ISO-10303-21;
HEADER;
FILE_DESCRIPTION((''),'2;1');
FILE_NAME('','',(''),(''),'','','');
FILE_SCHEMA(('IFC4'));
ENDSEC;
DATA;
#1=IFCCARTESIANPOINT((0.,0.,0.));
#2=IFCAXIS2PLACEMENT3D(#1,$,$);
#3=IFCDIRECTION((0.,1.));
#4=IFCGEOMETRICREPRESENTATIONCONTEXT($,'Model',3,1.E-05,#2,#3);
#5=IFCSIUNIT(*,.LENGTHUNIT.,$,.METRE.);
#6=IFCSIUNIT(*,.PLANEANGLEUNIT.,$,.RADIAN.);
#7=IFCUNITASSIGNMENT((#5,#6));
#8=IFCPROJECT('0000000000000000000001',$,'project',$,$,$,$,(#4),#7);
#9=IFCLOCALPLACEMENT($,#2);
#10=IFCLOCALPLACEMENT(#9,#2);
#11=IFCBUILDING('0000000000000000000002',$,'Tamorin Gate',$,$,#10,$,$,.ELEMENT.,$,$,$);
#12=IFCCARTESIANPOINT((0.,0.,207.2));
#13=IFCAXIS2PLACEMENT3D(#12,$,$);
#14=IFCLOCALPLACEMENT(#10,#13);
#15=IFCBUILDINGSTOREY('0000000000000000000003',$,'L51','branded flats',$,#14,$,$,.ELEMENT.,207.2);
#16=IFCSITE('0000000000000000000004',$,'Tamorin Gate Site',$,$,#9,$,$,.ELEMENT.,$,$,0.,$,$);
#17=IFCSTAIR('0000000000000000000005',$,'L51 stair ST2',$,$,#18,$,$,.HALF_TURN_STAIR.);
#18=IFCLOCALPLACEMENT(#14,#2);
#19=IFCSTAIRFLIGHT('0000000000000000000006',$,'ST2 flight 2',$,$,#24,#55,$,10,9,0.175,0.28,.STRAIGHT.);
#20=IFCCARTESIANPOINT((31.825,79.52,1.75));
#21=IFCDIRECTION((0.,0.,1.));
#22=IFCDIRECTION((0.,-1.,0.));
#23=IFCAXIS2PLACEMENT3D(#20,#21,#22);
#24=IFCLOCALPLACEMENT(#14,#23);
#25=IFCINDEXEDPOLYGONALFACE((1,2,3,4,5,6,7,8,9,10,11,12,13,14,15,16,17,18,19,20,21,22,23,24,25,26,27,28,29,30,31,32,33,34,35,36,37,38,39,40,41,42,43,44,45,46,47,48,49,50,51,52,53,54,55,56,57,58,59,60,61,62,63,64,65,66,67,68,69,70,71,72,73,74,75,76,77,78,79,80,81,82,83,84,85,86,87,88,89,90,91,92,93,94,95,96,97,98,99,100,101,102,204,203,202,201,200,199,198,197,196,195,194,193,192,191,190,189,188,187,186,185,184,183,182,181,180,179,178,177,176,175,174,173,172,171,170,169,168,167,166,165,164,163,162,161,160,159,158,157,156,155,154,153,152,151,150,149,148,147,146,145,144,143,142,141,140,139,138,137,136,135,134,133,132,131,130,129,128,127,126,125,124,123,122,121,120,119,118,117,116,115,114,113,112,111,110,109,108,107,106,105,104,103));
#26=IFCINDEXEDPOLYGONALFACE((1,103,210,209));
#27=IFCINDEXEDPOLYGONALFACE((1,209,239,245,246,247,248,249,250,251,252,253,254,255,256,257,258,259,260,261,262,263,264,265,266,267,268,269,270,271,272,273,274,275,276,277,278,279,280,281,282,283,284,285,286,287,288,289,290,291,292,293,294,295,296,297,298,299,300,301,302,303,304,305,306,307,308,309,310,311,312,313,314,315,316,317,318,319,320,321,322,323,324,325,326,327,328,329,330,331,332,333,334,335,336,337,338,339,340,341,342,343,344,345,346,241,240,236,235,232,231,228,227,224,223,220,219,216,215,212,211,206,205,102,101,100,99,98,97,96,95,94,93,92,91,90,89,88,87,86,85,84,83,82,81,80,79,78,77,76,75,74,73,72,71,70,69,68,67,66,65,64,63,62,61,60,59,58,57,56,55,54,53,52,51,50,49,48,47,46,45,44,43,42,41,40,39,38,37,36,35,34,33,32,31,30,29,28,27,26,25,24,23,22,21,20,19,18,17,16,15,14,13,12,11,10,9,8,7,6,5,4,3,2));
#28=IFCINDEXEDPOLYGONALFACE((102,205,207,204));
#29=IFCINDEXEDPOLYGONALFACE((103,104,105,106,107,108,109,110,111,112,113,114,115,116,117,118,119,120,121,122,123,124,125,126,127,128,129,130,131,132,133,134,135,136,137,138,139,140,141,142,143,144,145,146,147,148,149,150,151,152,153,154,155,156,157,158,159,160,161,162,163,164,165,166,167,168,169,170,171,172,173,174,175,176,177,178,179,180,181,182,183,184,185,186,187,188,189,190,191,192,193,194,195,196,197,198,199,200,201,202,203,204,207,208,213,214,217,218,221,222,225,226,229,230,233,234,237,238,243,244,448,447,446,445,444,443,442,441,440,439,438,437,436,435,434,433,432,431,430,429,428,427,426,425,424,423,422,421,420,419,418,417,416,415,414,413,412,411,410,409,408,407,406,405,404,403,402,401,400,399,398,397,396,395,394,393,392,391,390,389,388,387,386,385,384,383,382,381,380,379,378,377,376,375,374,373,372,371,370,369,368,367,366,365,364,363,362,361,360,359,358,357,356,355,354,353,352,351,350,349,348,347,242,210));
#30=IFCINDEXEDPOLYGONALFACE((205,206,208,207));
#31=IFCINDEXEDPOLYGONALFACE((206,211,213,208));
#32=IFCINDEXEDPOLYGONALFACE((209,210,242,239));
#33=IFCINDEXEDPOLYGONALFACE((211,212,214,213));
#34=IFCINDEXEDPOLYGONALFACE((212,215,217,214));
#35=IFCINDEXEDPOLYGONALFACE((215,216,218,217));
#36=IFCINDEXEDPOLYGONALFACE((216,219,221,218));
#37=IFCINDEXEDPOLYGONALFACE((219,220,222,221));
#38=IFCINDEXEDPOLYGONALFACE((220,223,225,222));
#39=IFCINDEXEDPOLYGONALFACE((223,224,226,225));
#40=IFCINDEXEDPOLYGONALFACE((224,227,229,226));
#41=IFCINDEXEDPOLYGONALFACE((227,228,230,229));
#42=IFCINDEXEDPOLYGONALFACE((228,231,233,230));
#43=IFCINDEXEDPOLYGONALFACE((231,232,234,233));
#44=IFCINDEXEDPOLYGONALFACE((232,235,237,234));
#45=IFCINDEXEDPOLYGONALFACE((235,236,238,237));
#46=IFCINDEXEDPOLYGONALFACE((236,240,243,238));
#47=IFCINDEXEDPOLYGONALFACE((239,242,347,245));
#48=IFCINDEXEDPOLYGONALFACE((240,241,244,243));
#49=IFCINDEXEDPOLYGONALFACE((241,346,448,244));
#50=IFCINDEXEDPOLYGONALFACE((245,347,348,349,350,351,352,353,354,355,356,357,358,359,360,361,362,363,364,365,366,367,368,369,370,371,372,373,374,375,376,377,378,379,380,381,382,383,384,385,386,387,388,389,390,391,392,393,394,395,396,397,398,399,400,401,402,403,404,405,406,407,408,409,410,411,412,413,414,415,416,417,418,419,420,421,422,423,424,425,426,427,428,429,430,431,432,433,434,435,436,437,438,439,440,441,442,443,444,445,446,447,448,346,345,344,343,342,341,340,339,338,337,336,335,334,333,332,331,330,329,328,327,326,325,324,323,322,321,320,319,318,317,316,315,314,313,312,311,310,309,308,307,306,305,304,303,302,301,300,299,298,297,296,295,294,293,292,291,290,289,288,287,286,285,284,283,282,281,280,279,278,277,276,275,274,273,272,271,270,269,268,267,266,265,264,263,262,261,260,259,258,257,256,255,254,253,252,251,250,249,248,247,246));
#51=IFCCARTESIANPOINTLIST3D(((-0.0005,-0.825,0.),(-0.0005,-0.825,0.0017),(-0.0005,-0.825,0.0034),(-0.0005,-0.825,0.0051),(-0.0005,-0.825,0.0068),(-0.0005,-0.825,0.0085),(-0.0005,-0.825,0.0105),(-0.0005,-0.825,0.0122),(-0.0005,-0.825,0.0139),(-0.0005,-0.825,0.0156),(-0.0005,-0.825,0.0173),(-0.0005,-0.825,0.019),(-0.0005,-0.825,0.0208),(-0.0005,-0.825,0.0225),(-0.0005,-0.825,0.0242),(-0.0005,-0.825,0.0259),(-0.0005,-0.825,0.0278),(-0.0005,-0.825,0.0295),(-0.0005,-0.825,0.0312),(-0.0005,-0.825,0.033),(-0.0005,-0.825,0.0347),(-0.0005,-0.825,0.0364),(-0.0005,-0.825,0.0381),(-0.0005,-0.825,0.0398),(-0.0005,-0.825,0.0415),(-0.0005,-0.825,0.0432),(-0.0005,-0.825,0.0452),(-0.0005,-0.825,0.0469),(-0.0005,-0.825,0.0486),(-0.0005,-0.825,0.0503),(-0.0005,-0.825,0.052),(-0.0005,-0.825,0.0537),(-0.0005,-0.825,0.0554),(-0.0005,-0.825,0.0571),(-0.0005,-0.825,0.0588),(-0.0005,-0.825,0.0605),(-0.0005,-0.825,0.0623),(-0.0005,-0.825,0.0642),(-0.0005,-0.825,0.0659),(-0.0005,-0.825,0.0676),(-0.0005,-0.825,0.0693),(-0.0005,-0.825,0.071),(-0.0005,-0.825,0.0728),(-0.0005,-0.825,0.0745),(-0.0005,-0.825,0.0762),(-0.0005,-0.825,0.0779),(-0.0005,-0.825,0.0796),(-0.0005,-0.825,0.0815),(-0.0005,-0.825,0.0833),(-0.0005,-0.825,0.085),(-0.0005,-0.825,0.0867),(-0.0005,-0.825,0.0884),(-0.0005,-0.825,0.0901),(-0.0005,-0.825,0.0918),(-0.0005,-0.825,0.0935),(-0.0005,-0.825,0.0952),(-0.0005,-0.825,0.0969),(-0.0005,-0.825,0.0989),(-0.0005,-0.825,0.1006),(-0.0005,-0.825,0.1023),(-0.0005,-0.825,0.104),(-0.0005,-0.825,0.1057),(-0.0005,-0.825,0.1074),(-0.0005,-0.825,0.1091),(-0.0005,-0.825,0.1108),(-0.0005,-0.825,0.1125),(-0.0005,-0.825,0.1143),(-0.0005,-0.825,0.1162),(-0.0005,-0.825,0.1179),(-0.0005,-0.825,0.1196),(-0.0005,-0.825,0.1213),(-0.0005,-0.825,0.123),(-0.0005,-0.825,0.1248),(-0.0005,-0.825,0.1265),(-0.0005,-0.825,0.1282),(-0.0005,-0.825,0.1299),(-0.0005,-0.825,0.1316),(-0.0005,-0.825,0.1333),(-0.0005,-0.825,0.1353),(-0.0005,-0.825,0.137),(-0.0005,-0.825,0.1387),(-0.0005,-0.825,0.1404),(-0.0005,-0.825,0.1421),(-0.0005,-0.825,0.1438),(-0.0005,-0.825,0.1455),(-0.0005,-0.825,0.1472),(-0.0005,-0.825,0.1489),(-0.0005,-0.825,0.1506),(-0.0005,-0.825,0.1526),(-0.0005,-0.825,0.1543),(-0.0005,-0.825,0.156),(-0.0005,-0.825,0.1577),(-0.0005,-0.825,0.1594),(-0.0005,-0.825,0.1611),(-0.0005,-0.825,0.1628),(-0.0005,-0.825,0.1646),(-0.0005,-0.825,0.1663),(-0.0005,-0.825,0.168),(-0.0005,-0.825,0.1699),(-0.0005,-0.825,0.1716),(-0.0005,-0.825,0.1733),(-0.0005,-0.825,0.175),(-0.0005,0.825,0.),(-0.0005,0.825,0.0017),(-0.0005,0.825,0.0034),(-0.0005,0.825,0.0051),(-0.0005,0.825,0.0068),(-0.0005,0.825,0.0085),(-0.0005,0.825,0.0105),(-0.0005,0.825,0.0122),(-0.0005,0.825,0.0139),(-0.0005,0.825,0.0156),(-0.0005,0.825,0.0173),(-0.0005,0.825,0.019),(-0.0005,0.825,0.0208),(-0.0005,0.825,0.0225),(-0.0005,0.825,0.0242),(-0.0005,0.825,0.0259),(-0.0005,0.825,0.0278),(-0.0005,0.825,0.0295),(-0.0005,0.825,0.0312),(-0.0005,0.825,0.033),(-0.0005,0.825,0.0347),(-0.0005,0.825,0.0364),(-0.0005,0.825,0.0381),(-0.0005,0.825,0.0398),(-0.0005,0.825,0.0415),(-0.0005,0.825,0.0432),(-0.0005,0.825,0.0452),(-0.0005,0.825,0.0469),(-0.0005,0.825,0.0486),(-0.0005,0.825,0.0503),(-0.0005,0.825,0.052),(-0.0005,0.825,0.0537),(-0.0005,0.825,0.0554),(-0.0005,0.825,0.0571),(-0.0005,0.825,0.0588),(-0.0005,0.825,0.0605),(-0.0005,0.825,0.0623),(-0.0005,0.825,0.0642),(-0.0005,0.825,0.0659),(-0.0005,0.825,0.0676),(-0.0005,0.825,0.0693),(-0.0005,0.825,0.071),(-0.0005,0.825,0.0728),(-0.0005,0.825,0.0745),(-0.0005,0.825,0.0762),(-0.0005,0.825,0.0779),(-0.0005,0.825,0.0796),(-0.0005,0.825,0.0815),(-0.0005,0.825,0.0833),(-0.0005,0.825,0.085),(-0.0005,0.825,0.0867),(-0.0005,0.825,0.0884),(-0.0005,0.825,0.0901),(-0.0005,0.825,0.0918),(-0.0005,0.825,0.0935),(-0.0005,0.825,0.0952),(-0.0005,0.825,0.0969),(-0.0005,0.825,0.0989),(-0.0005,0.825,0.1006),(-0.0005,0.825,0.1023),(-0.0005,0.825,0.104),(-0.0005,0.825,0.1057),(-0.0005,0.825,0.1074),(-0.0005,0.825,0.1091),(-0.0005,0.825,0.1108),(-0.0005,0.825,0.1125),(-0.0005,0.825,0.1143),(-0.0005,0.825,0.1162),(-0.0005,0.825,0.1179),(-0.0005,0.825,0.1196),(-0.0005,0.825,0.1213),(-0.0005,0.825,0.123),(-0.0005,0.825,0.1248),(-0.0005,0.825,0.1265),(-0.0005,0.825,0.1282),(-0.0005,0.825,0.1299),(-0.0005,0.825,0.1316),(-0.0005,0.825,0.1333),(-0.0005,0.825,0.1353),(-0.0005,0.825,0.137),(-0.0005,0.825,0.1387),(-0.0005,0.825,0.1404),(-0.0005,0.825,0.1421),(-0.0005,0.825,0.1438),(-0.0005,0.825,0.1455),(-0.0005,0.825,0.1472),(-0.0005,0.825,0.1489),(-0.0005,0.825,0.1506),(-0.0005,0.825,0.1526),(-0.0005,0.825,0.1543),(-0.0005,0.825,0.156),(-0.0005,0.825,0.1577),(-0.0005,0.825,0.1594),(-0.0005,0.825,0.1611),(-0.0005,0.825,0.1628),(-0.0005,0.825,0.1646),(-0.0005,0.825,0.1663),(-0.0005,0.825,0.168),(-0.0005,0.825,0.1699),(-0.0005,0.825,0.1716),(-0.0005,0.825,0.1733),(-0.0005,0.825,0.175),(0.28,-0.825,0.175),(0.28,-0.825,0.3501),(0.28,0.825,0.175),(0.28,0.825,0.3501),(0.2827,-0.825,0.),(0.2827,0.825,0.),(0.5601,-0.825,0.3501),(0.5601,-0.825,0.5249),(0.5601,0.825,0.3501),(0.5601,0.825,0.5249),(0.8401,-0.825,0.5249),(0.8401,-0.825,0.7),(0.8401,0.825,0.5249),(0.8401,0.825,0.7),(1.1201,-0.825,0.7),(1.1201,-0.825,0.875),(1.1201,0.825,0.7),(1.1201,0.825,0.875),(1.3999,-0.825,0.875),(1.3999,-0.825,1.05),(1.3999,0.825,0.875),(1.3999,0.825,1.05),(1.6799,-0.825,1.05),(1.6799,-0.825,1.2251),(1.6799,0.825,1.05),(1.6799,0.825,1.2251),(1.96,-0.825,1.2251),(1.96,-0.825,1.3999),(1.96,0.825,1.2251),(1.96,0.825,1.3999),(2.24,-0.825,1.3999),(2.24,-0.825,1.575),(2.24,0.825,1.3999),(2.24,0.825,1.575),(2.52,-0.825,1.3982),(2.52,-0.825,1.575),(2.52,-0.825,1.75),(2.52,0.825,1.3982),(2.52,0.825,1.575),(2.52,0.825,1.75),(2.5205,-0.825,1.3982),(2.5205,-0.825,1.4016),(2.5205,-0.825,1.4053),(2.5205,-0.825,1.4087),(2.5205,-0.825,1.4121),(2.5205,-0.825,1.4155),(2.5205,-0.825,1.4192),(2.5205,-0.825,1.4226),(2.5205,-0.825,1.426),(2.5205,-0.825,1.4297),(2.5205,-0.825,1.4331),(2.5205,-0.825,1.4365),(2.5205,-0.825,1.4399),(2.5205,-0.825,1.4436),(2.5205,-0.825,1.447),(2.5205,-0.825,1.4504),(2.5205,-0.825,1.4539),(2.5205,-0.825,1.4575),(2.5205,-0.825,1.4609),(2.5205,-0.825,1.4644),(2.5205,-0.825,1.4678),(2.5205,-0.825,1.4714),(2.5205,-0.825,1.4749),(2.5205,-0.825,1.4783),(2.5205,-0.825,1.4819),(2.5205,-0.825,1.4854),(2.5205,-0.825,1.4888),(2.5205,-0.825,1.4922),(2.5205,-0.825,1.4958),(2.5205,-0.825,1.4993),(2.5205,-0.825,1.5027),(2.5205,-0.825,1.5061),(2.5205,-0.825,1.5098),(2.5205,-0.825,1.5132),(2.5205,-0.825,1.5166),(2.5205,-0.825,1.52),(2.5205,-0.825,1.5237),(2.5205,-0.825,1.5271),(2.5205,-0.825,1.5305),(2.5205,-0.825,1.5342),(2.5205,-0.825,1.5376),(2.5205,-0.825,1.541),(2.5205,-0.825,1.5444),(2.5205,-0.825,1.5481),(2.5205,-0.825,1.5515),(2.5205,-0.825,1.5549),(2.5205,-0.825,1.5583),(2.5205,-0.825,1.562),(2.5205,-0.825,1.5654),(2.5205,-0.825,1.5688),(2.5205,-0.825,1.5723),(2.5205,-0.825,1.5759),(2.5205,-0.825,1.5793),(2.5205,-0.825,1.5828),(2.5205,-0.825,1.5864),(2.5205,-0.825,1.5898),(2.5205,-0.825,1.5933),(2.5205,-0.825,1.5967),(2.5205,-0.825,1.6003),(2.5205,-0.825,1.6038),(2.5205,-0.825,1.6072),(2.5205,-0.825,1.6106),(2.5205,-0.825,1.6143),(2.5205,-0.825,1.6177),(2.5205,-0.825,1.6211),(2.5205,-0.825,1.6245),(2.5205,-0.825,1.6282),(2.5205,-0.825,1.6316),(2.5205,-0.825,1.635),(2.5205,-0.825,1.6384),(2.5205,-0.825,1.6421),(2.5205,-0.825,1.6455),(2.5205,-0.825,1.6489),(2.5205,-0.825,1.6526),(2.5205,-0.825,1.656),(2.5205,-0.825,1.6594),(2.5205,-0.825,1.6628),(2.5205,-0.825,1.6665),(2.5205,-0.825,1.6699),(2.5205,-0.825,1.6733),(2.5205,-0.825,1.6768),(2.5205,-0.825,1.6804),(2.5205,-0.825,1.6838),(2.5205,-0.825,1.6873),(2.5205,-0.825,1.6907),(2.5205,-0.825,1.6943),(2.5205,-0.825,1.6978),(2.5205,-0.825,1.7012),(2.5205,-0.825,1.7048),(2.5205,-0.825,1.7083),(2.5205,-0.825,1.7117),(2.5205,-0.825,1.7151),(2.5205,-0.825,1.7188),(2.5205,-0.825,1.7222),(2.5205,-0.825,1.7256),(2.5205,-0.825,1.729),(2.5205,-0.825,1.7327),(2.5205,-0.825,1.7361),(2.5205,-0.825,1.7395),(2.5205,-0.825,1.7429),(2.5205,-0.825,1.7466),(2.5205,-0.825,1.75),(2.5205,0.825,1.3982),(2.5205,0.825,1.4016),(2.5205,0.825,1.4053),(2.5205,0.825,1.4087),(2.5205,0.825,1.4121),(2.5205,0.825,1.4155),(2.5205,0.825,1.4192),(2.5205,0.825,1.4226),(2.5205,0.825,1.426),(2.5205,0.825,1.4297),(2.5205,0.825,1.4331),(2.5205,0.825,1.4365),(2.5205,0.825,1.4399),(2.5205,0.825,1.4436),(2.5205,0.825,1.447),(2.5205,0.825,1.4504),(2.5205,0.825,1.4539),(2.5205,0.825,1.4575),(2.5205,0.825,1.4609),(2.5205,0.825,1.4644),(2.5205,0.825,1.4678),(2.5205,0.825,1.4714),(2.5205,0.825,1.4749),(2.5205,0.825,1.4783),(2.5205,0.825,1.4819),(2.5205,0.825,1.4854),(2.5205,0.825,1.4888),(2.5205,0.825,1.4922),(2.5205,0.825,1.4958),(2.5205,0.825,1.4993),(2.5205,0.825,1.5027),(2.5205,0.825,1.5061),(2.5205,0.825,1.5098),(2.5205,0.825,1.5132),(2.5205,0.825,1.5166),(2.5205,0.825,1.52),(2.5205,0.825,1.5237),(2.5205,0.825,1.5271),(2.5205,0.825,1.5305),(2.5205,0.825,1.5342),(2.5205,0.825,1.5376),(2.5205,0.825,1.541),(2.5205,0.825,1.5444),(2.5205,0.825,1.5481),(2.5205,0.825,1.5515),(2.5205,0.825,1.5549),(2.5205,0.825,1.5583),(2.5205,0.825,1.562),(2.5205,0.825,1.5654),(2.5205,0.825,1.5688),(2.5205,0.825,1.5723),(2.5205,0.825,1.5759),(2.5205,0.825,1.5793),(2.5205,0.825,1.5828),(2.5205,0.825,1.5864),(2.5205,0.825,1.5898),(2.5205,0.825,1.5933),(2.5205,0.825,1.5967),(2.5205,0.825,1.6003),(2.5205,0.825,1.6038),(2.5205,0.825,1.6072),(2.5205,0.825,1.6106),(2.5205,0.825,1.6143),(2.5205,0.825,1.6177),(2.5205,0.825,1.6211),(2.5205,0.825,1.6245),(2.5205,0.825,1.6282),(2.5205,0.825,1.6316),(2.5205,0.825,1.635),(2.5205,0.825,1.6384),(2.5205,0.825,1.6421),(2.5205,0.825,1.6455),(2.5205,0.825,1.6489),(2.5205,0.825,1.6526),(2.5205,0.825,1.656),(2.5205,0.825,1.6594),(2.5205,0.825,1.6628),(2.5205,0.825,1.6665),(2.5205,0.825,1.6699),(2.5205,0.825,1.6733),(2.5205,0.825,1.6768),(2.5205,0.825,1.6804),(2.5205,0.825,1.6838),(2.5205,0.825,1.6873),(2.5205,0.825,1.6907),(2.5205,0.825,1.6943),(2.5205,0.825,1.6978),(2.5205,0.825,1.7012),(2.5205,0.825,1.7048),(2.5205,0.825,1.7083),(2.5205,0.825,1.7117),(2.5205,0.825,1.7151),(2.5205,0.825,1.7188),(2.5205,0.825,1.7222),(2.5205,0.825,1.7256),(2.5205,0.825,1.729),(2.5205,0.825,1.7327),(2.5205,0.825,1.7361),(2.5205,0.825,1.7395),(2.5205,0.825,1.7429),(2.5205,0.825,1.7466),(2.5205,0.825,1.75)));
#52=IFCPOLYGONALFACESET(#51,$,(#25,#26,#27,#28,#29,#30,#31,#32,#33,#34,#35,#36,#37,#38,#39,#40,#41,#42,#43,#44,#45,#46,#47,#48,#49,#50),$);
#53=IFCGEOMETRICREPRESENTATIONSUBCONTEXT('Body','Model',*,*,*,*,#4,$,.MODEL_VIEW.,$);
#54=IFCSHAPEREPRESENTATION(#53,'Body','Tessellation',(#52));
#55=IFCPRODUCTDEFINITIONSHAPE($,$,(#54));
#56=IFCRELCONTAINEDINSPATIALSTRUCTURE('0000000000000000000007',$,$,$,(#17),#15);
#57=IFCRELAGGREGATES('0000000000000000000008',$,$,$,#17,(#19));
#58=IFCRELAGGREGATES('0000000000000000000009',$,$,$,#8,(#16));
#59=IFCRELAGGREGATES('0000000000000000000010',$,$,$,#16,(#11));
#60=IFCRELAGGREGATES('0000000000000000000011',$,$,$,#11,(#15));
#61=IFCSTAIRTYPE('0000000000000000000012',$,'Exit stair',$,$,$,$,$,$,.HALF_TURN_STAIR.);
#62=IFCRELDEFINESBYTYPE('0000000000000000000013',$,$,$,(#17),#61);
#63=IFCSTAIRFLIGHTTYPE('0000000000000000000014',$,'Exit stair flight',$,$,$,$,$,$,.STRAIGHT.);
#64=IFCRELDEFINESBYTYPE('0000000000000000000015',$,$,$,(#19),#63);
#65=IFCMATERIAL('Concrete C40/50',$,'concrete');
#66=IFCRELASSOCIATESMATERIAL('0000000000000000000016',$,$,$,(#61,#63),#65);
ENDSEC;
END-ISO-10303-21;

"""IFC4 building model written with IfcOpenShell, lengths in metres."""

from ifc_helpers import new_model, si_unit, direction, frame, origin, place, context, subcontext, project, spatial, polyline, outline, extrude, material, type_object, element, aggregate, save


model = new_model("IFC4")

# Units and contexts
model_context = context("Model", 3, precision=1e-05, world=origin(), true_north=direction((0.0, 1.0)))
body_context = subcontext(model_context, "Body", "Model", "MODEL_VIEW")
ifc_project = project(units=[si_unit("LENGTHUNIT", "METRE"), si_unit("PLANEANGLEUNIT", "RADIAN")], contexts=[model_context])

# Site, building, storey
site_placement = place(None, origin())
site = spatial("IfcSite", under=ifc_project, at=site_placement, Name="Tamorin Gate Site", CompositionType="ELEMENT", RefElevation=0.0)
building_placement = place(site_placement, origin())
building = spatial("IfcBuilding", under=site, at=building_placement, Name="Tamorin Gate", CompositionType="ELEMENT")
storey_placement = place(building_placement, frame((0.0, 0.0, 207.2)))
storey = spatial("IfcBuildingStorey", under=building, at=storey_placement, Name="L51", Description="branded flats", CompositionType="ELEMENT", Elevation=207.2)

# Stair, stair flight
ifc_material_1 = material(Name="Concrete C40/50", Category="concrete")
stair_type = type_object("IfcStairType", Name="Exit stair", PredefinedType="HALF_TURN_STAIR", material=ifc_material_1)
stair_placement = place(storey_placement, origin())
stair = element("IfcStair", 1, at=stair_placement, inside=storey, type_object=stair_type, Name="L51 stair ST2", PredefinedType="HALF_TURN_STAIR")
stair_flight_type = type_object("IfcStairFlightType", Name="Exit stair flight", PredefinedType="STRAIGHT", material=ifc_material_1)
stair_flight_placement = place(storey_placement, frame((31.825, 79.52, 1.75), z_axis=(0.0, 0.0, 1.0), x_axis=(0.0, -1.0, 0.0)))
stair_flight = element("IfcStairFlight", 2, at=stair_flight_placement, type_object=stair_flight_type, Name="ST2 flight 2", NumberOfRisers=10, NumberOfTreads=9, PredefinedType="STRAIGHT", RiserHeight=0.175, TreadLength=0.28, context=body_context, shape_type="SweptSolid", body=[
    extrude(outline(polyline([(-0.0005, 0.0), (-0.0005, 0.0017), (-0.0005, 0.0034), (-0.0005, 0.0051), (-0.0005, 0.0068), (-0.0005, 0.0085), (-0.0005, 0.0105), (-0.0005, 0.0122), (-0.0005, 0.0139), (-0.0005, 0.0156), (-0.0005, 0.0173), (-0.0005, 0.019), (-0.0005, 0.0208), (-0.0005, 0.0225), (-0.0005, 0.0242), (-0.0005, 0.0259), (-0.0005, 0.0278), (-0.0005, 0.0295), (-0.0005, 0.0312), (-0.0005, 0.033), (-0.0005, 0.0347), (-0.0005, 0.0364), (-0.0005, 0.0381), (-0.0005, 0.0398), (-0.0005, 0.0415), (-0.0005, 0.0432), (-0.0005, 0.0452), (-0.0005, 0.0469), (-0.0005, 0.0486), (-0.0005, 0.0503), (-0.0005, 0.052), (-0.0005, 0.0537), (-0.0005, 0.0554), (-0.0005, 0.0571), (-0.0005, 0.0588), (-0.0005, 0.0605), (-0.0005, 0.0623), (-0.0005, 0.0642), (-0.0005, 0.0659), (-0.0005, 0.0676), (-0.0005, 0.0693), (-0.0005, 0.071), (-0.0005, 0.0728), (-0.0005, 0.0745), (-0.0005, 0.0762), (-0.0005, 0.0779), (-0.0005, 0.0796), (-0.0005, 0.0815), (-0.0005, 0.0833), (-0.0005, 0.085), (-0.0005, 0.0867), (-0.0005, 0.0884), (-0.0005, 0.0901), (-0.0005, 0.0918), (-0.0005, 0.0935), (-0.0005, 0.0952), (-0.0005, 0.0969), (-0.0005, 0.0989), (-0.0005, 0.1006), (-0.0005, 0.1023), (-0.0005, 0.104), (-0.0005, 0.1057), (-0.0005, 0.1074), (-0.0005, 0.1091), (-0.0005, 0.1108), (-0.0005, 0.1125), (-0.0005, 0.1143), (-0.0005, 0.1162), (-0.0005, 0.1179), (-0.0005, 0.1196), (-0.0005, 0.1213), (-0.0005, 0.123), (-0.0005, 0.1248), (-0.0005, 0.1265), (-0.0005, 0.1282), (-0.0005, 0.1299), (-0.0005, 0.1316), (-0.0005, 0.1333), (-0.0005, 0.1353), (-0.0005, 0.137), (-0.0005, 0.1387), (-0.0005, 0.1404), (-0.0005, 0.1421), (-0.0005, 0.1438), (-0.0005, 0.1455), (-0.0005, 0.1472), (-0.0005, 0.1489), (-0.0005, 0.1506), (-0.0005, 0.1526), (-0.0005, 0.1543), (-0.0005, 0.156), (-0.0005, 0.1577), (-0.0005, 0.1594), (-0.0005, 0.1611), (-0.0005, 0.1628), (-0.0005, 0.1646), (-0.0005, 0.1663), (-0.0005, 0.168), (-0.0005, 0.1699), (-0.0005, 0.1716), (-0.0005, 0.1733), (-0.0005, 0.175), (0.28, 0.175), (0.28, 0.3501), (0.5601, 0.3501), (0.5601, 0.5249), (0.8401, 0.5249), (0.8401, 0.7), (1.1201, 0.7), (1.1201, 0.875), (1.3999, 0.875), (1.3999, 1.05), (1.6799, 1.05), (1.6799, 1.2251), (1.96, 1.2251), (1.96, 1.3999), (2.24, 1.3999), (2.24, 1.575), (2.52, 1.575), (2.52, 1.75), (2.5205, 1.75), (2.5205, 1.7466), (2.5205, 1.7429), (2.5205, 1.7395), (2.5205, 1.7361), (2.5205, 1.7327), (2.5205, 1.729), (2.5205, 1.7256), (2.5205, 1.7222), (2.5205, 1.7188), (2.5205, 1.7151), (2.5205, 1.7117), (2.5205, 1.7083), (2.5205, 1.7048), (2.5205, 1.7012), (2.5205, 1.6978), (2.5205, 1.6943), (2.5205, 1.6907), (2.5205, 1.6873), (2.5205, 1.6838), (2.5205, 1.6804), (2.5205, 1.6768), (2.5205, 1.6733), (2.5205, 1.6699), (2.5205, 1.6665), (2.5205, 1.6628), (2.5205, 1.6594), (2.5205, 1.656), (2.5205, 1.6526), (2.5205, 1.6489), (2.5205, 1.6455), (2.5205, 1.6421), (2.5205, 1.6384), (2.5205, 1.635), (2.5205, 1.6316), (2.5205, 1.6282), (2.5205, 1.6245), (2.5205, 1.6211), (2.5205, 1.6177), (2.5205, 1.6143), (2.5205, 1.6106), (2.5205, 1.6072), (2.5205, 1.6038), (2.5205, 1.6003), (2.5205, 1.5967), (2.5205, 1.5933), (2.5205, 1.5898), (2.5205, 1.5864), (2.5205, 1.5828), (2.5205, 1.5793), (2.5205, 1.5759), (2.5205, 1.5723), (2.5205, 1.5688), (2.5205, 1.5654), (2.5205, 1.562), (2.5205, 1.5583), (2.5205, 1.5549), (2.5205, 1.5515), (2.5205, 1.5481), (2.5205, 1.5444), (2.5205, 1.541), (2.5205, 1.5376), (2.5205, 1.5342), (2.5205, 1.5305), (2.5205, 1.5271), (2.5205, 1.5237), (2.5205, 1.52), (2.5205, 1.5166), (2.5205, 1.5132), (2.5205, 1.5098), (2.5205, 1.5061), (2.5205, 1.5027), (2.5205, 1.4993), (2.5205, 1.4958), (2.5205, 1.4922), (2.5205, 1.4888), (2.5205, 1.4854), (2.5205, 1.4819), (2.5205, 1.4783), (2.5205, 1.4749), (2.5205, 1.4714), (2.5205, 1.4678), (2.5205, 1.4644), (2.5205, 1.4609), (2.5205, 1.4575), (2.5205, 1.4539), (2.5205, 1.4504), (2.5205, 1.447), (2.5205, 1.4436), (2.5205, 1.4399), (2.5205, 1.4365), (2.5205, 1.4331), (2.5205, 1.4297), (2.5205, 1.426), (2.5205, 1.4226), (2.5205, 1.4192), (2.5205, 1.4155), (2.5205, 1.4121), (2.5205, 1.4087), (2.5205, 1.4053), (2.5205, 1.4016), (2.5205, 1.3982), (2.52, 1.3982), (0.2827, 0.0), (-0.0005, 0.0)])), frame((0.0, 0.825, 0.0), z_axis=(0.0, -1.0, 0.0), x_axis=(1.0, 0.0, 0.0)), (0.0, 0.0, 1.0), 1.6499),
])
aggregate(stair, [stair_flight])

save(model, "model.ifc")
